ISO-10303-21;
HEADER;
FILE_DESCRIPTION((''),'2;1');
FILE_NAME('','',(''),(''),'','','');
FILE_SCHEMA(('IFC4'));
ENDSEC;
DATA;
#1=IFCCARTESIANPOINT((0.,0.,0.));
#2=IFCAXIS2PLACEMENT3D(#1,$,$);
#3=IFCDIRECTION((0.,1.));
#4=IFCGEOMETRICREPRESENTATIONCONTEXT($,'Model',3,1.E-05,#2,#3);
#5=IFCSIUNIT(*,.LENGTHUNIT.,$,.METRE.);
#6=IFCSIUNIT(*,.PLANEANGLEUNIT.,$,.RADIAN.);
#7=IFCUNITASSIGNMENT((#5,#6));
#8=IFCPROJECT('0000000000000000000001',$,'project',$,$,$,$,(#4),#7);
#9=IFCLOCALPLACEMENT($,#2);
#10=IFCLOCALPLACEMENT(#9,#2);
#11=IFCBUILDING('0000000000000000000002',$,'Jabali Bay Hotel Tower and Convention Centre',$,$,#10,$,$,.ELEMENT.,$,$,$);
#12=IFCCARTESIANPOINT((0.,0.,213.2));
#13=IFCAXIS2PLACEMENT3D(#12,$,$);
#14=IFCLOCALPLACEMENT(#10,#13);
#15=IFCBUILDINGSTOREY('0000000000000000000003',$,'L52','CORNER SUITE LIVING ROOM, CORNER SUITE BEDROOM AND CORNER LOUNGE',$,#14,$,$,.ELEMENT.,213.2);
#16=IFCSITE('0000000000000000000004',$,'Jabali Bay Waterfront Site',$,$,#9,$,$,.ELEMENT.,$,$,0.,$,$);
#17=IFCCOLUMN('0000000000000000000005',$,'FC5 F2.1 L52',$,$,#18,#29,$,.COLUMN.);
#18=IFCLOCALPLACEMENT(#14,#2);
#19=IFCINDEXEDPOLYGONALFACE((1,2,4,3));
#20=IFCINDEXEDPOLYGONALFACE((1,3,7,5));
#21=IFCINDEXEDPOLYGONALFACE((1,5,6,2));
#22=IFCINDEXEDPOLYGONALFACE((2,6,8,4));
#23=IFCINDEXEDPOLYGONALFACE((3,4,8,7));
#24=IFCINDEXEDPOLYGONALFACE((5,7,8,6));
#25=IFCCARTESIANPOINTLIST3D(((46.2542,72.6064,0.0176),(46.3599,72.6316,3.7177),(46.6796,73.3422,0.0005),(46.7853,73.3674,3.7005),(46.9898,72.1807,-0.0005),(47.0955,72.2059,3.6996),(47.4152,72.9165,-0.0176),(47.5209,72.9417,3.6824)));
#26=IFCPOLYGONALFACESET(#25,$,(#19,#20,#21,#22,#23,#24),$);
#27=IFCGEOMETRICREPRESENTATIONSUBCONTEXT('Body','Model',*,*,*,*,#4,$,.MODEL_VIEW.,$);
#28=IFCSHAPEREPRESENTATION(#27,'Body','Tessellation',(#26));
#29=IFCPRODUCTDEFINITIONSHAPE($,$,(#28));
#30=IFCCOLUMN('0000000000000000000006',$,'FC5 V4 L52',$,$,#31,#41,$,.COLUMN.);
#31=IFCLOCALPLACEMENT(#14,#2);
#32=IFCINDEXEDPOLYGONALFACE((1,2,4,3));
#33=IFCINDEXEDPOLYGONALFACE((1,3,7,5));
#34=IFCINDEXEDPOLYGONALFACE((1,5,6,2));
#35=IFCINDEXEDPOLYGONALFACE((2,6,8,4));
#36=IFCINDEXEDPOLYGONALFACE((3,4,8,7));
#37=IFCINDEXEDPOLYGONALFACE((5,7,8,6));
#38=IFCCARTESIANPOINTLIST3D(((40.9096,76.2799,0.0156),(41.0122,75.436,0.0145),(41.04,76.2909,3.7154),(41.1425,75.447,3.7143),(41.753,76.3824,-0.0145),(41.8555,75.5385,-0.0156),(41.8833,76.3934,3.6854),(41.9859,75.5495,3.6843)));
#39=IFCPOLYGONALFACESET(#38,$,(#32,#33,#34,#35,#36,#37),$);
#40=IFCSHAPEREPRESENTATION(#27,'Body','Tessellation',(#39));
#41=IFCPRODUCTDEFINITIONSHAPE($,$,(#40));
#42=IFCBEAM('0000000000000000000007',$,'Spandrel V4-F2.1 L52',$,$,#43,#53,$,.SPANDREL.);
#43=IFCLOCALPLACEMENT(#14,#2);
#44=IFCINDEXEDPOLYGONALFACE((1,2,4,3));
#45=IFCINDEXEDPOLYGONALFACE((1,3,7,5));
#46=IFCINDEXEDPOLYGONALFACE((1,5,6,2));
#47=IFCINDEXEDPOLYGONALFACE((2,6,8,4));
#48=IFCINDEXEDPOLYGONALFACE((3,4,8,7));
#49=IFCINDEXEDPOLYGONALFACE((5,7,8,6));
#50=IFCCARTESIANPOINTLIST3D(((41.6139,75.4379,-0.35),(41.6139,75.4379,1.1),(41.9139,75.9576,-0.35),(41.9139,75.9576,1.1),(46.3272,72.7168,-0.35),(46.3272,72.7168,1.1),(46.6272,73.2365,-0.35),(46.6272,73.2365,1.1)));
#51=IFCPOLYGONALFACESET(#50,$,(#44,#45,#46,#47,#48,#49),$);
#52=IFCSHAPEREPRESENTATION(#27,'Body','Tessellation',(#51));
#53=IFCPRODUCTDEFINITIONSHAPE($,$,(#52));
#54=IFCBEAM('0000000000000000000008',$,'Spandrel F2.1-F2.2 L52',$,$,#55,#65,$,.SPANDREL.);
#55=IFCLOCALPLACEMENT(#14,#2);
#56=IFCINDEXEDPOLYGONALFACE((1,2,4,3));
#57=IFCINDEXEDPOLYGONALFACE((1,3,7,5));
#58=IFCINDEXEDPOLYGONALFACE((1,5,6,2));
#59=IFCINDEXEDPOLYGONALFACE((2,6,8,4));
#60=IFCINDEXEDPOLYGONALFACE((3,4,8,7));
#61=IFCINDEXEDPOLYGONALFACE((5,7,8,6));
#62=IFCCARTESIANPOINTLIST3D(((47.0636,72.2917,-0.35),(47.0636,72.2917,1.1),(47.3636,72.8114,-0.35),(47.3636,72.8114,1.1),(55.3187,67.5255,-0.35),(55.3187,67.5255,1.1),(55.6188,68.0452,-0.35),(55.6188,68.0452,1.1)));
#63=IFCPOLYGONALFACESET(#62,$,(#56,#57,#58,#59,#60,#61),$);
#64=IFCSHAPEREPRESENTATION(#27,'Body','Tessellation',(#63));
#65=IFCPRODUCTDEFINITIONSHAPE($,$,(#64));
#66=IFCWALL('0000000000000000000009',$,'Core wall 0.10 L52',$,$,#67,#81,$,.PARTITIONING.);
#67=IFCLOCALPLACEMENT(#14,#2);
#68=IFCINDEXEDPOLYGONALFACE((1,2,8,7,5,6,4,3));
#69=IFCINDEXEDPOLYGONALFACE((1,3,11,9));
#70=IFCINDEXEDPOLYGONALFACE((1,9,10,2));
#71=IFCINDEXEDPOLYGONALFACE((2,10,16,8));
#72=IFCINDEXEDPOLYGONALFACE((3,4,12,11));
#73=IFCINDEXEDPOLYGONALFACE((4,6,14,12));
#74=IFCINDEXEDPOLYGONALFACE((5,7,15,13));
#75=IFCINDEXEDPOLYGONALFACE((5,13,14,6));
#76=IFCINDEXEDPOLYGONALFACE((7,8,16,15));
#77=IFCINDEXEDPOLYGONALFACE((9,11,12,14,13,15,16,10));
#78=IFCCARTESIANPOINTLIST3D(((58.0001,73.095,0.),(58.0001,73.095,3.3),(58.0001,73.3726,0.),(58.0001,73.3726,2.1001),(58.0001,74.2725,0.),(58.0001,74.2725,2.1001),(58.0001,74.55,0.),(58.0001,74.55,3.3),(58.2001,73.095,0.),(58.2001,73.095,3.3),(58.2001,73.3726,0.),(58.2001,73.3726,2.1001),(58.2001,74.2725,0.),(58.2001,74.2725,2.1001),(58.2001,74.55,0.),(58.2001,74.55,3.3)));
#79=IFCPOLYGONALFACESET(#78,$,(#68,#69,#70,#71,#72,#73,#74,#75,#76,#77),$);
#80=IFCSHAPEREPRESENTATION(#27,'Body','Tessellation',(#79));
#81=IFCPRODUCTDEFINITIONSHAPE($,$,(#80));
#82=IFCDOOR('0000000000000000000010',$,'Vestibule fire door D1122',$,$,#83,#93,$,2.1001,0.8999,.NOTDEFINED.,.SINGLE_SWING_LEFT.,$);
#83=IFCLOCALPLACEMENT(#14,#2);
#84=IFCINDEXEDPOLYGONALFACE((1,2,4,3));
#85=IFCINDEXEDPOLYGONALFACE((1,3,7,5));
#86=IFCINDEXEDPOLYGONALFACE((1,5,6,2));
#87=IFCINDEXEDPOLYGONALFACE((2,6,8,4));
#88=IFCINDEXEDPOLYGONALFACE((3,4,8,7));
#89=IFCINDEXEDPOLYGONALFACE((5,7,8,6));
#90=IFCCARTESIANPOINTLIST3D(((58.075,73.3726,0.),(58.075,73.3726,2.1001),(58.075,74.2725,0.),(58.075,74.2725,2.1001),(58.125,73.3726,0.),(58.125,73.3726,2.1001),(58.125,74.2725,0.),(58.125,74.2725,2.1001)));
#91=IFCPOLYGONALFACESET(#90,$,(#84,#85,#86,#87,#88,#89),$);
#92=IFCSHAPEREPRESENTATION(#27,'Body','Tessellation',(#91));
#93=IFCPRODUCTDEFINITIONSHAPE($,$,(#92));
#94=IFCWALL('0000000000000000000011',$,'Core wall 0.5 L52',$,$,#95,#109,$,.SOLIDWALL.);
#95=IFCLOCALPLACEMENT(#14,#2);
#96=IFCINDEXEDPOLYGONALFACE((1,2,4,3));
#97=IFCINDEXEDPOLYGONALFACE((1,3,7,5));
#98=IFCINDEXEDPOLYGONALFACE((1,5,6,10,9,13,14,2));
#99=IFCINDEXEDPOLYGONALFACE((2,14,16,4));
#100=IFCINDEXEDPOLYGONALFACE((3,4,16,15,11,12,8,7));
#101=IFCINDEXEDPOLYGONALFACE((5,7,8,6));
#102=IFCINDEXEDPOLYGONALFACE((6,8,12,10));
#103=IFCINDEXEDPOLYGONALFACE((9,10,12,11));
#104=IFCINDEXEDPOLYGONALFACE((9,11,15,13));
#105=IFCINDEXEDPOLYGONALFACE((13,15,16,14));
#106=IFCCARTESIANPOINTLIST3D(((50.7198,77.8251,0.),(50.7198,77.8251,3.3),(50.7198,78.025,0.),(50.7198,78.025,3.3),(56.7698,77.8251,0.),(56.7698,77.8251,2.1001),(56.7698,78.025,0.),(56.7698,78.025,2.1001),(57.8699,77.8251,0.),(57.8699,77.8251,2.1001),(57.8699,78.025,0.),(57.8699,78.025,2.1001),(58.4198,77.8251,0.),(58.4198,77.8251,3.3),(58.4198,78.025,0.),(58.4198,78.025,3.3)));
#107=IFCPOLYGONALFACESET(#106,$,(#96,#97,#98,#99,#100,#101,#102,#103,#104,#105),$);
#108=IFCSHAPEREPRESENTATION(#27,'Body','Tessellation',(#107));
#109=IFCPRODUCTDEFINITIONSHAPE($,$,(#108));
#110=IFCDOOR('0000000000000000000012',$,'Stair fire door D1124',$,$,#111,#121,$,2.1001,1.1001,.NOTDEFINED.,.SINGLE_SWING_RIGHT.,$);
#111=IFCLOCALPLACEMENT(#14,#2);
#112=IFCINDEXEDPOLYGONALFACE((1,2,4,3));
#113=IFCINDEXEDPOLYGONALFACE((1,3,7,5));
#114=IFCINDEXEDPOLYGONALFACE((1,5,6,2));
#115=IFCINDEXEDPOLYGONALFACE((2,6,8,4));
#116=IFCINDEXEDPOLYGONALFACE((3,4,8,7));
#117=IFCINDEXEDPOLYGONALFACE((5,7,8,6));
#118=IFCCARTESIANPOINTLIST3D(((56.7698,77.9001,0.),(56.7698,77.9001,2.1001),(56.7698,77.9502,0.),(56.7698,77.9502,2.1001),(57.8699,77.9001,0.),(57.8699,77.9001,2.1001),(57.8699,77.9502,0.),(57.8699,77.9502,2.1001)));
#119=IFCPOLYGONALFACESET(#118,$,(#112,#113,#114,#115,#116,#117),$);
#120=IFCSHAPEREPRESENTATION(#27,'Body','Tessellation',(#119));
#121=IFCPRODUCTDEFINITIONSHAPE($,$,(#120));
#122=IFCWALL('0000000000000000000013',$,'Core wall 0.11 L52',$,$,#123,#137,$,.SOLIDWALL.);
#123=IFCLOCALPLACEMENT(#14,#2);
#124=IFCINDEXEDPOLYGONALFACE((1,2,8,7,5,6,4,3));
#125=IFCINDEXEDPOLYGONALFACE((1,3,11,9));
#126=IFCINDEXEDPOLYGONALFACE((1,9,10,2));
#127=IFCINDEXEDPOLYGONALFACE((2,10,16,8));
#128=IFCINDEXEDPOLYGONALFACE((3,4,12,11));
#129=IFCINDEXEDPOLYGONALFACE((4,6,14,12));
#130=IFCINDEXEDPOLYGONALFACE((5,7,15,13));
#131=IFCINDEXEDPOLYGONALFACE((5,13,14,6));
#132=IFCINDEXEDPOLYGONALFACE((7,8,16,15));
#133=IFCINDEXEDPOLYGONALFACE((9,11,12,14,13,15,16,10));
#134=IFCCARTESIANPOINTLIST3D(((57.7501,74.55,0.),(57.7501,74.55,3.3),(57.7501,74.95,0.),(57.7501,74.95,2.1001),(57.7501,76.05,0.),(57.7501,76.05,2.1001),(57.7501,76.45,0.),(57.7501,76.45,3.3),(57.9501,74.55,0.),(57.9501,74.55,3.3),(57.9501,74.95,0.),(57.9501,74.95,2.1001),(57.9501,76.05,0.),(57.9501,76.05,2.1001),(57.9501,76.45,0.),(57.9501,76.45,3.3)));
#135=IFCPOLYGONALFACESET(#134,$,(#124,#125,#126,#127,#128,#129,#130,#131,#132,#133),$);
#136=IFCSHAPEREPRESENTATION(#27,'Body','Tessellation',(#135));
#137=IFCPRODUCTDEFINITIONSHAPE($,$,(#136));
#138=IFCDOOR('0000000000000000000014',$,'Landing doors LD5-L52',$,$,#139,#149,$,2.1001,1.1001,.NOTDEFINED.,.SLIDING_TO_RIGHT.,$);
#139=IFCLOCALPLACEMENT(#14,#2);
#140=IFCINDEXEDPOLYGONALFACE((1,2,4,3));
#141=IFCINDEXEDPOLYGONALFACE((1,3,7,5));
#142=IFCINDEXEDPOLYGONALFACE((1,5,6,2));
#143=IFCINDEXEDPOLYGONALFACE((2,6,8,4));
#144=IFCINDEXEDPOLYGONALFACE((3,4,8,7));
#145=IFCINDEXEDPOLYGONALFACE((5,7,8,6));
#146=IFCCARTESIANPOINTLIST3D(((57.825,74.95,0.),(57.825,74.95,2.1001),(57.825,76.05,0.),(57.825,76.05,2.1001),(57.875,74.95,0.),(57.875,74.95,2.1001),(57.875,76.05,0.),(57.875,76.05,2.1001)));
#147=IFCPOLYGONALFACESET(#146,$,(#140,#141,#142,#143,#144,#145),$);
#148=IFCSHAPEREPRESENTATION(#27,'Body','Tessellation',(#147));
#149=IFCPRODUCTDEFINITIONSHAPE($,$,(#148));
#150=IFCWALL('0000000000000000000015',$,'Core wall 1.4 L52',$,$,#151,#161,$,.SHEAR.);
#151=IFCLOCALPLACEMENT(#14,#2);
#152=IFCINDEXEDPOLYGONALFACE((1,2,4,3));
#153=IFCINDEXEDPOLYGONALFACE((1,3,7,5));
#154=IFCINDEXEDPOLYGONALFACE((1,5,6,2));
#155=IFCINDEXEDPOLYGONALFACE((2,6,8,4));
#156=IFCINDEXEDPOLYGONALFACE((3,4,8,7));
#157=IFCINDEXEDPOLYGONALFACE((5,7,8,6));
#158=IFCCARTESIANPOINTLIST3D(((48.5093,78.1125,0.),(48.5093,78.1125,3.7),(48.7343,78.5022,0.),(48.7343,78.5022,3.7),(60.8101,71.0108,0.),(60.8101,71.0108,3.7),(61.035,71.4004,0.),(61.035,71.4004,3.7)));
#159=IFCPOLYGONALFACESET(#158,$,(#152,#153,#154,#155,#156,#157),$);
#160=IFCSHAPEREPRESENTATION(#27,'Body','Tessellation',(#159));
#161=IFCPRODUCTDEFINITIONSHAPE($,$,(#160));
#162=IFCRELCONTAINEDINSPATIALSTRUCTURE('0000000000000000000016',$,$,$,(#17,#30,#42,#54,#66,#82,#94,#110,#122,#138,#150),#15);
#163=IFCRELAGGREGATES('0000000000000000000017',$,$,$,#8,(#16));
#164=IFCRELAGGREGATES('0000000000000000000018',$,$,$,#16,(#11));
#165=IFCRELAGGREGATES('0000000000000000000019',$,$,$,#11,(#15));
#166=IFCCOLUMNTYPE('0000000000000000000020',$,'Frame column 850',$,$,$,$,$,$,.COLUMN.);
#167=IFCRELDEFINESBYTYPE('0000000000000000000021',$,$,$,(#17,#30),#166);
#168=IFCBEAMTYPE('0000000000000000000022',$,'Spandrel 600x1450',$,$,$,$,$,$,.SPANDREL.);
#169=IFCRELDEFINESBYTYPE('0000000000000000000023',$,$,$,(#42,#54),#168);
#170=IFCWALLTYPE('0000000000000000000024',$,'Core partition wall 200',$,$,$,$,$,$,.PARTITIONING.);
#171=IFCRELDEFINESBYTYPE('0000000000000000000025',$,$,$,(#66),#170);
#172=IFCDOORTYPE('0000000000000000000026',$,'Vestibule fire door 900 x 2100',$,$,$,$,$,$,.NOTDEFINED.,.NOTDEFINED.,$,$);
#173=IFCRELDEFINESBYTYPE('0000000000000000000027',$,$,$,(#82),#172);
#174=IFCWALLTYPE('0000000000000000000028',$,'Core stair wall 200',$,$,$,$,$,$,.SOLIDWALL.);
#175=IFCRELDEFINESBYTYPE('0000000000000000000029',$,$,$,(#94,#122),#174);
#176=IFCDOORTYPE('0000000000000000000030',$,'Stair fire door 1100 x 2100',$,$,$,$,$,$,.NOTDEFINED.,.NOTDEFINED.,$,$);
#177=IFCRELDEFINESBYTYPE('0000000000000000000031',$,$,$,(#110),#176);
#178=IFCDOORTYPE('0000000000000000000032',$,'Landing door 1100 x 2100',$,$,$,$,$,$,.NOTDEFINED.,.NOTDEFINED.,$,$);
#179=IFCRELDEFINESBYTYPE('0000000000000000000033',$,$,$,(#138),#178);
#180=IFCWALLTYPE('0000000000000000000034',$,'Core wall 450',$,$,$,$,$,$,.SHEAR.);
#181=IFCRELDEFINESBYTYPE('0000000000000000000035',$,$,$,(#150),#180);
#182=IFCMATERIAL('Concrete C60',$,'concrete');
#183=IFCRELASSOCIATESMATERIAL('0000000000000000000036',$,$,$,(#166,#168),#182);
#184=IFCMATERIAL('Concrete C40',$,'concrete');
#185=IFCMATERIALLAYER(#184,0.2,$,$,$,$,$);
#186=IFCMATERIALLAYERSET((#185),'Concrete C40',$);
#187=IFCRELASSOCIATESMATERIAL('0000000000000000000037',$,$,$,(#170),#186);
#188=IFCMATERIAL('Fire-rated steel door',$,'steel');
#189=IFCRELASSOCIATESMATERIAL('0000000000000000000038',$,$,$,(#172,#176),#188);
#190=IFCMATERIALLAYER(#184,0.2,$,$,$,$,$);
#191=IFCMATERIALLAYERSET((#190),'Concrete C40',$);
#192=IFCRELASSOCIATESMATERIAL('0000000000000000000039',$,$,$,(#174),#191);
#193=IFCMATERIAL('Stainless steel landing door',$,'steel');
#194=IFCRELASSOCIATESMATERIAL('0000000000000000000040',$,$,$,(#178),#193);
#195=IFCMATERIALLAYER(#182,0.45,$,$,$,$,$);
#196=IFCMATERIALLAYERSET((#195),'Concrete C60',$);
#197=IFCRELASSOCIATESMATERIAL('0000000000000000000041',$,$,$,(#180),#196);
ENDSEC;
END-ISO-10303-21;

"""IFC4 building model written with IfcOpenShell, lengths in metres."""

from ifc_helpers import new_model, si_unit, direction, frame, frame_2d, origin, origin_2d, place, context, subcontext, project, spatial, rectangle, extrude, material, layer, layer_set, material_profile, profile_set, type_object, element, fill, save


model = new_model("IFC4")

# Units and contexts
model_context = context("Model", 3, precision=1e-05, world=origin(), true_north=direction((0.0, 1.0)))
body_context = subcontext(model_context, "Body", "Model", "MODEL_VIEW")
ifc_project = project(units=[si_unit("LENGTHUNIT", "METRE"), si_unit("PLANEANGLEUNIT", "RADIAN")], contexts=[model_context])

# Site, building, storey
site_placement = place(None, origin())
site = spatial("IfcSite", under=ifc_project, at=site_placement, Name="Jabali Bay Waterfront Site", CompositionType="ELEMENT", RefElevation=0.0)
building_placement = place(site_placement, origin())
building = spatial("IfcBuilding", under=site, at=building_placement, Name="Jabali Bay Hotel Tower and Convention Centre", CompositionType="ELEMENT")
storey_placement = place(building_placement, frame((0.0, 0.0, 213.2)))
storey = spatial("IfcBuildingStorey", under=building, at=storey_placement, Name="L52", Description="CORNER SUITE LIVING ROOM, CORNER SUITE BEDROOM AND CORNER LOUNGE", CompositionType="ELEMENT", Elevation=213.2)

# Columns
ifc_material_1 = material(Name="Concrete C60", Category="concrete")
ifc_material_profile_1 = material_profile(ifc_material_1, rectangle(XDim=0.8501, YDim=0.8501, at=origin_2d()), Name="Frame column 850")
ifc_profile_set_1 = profile_set([ifc_material_profile_1], Name="Concrete C60")
column_type = type_object("IfcColumnType", Name="Frame column 850", PredefinedType="COLUMN", material=ifc_profile_set_1)
column_1_placement = place(storey_placement, frame((46.8347, 72.7615, 0.0), z_axis=(0.028559, 0.006794, 0.999569), x_axis=(-0.865319, 0.500768, 0.02132)))
element("IfcColumn", 1, at=column_1_placement, inside=storey, type_object=column_type, Name="FC5 F2.1 L52", PredefinedType="COLUMN", context=body_context, shape_type="SweptSolid", body=[
    extrude(rectangle(XDim=0.8501, YDim=0.8501, at=origin_2d()), origin(), (0.0, 0.0, 1.0), 3.7017),
])
column_2_placement = place(storey_placement, frame((41.3826, 75.9092, 0.0), z_axis=(0.035214, 0.002967, 0.999375), x_axis=(-0.120618, 0.992698, 0.001302)))
element("IfcColumn", 2, at=column_2_placement, inside=storey, type_object=column_type, Name="FC5 V4 L52", PredefinedType="COLUMN", context=body_context, shape_type="SweptSolid", body=[
    extrude(rectangle(XDim=0.8501, YDim=0.8501, at=origin_2d()), origin(), (0.0, 0.0, 1.0), 3.7021),
])

# Beams
ifc_material_profile_2 = material_profile(ifc_material_1, rectangle(XDim=0.6001, YDim=1.45, at=origin_2d()), Name="Spandrel 600x1450")
ifc_profile_set_2 = profile_set([ifc_material_profile_2], Name="Concrete C60")
beam_type = type_object("IfcBeamType", Name="Spandrel 600x1450", PredefinedType="SPANDREL", material=ifc_profile_set_2)
beam_1_placement = place(storey_placement, frame((41.7639, 75.6978, 0.375), z_axis=(0.866032, -0.499989, 0.0), x_axis=(0.499989, 0.866032, 0.0)))
element("IfcBeam", 3, at=beam_1_placement, inside=storey, type_object=beam_type, Name="Spandrel V4-F2.1 L52", PredefinedType="SPANDREL", context=body_context, shape_type="SweptSolid", body=[
    extrude(rectangle(XDim=0.6001, YDim=1.45, at=origin_2d()), origin(), (0.0, 0.0, 1.0), 5.4424),
])
beam_2_placement = place(storey_placement, frame((47.2136, 72.5515, 0.375), z_axis=(0.866025, -0.500001, 0.0), x_axis=(0.500001, 0.866025, 0.0)))
element("IfcBeam", 4, at=beam_2_placement, inside=storey, type_object=beam_type, Name="Spandrel F2.1-F2.2 L52", PredefinedType="SPANDREL", context=body_context, shape_type="SweptSolid", body=[
    extrude(rectangle(XDim=0.6001, YDim=1.45, at=origin_2d()), origin(), (0.0, 0.0, 1.0), 9.5322),
])

# Walls, openings, doors
ifc_material_2 = material(Name="Concrete C40", Category="concrete")
ifc_layer_1 = layer(ifc_material_2, 0.2)
ifc_layer_set_1 = layer_set([ifc_layer_1], Name="Concrete C40")
wall_type_1 = type_object("IfcWallType", Name="Core partition wall 200", PredefinedType="PARTITIONING", material=ifc_layer_set_1)
wall_1_placement = place(storey_placement, frame((58.1001, 74.55, 0.0), z_axis=(0.0, 0.0, 1.0), x_axis=(0.0, -1.0, 0.0)))
wall_1 = element("IfcWall", 5, at=wall_1_placement, inside=storey, type_object=wall_type_1, Name="Core wall 0.10 L52", PredefinedType="PARTITIONING", context=body_context, shape_type="SweptSolid", body=[
    extrude(rectangle(XDim=1.4551, YDim=0.2, at=frame_2d((0.7275, 0.0))), origin(), (0.0, 0.0, 1.0), 3.3),
])
opening_1_placement = place(wall_1_placement, frame((0.2776, 0.0, 0.0)))
opening_1 = element("IfcOpeningElement", 6, at=opening_1_placement, cuts=wall_1, PredefinedType="OPENING", context=body_context, shape_type="SweptSolid", body=[
    extrude(rectangle(XDim=0.8999, YDim=2.1001, at=frame_2d((0.45, 1.05))), frame((0.0, 0.1104, 0.0), z_axis=(0.0, -1.0, 0.0), x_axis=(1.0, 0.0, 0.0)), (0.0, 0.0, 1.0), 0.2209),
])
ifc_material_3 = material(Name="Fire-rated steel door", Category="steel")
door_type_1 = type_object("IfcDoorType", Name="Vestibule fire door 900 x 2100", OperationType="NOTDEFINED", PredefinedType="NOTDEFINED", material=ifc_material_3)
door_1_placement = place(opening_1_placement, origin())
door_1 = element("IfcDoor", 7, at=door_1_placement, inside=storey, type_object=door_type_1, Name="Vestibule fire door D1122", OperationType="SINGLE_SWING_LEFT", OverallHeight=2.1001, OverallWidth=0.8999, PredefinedType="NOTDEFINED", context=body_context, shape_type="SweptSolid", body=[
    extrude(rectangle(XDim=0.8999, YDim=2.1001, at=frame_2d((0.45, 1.05))), frame((0.0, 0.0249, 0.0), z_axis=(0.0, -1.0, 0.0), x_axis=(1.0, 0.0, 0.0)), (0.0, 0.0, 1.0), 0.05),
])
fill(opening_1, door_1)
ifc_layer_2 = layer(ifc_material_2, 0.2)
ifc_layer_set_2 = layer_set([ifc_layer_2], Name="Concrete C40")
wall_type_2 = type_object("IfcWallType", Name="Core stair wall 200", PredefinedType="SOLIDWALL", material=ifc_layer_set_2)
wall_2_placement = place(storey_placement, frame((58.4199, 77.925, 0.0), z_axis=(0.0, 0.0, 1.0), x_axis=(-1.0, 0.0, 0.0)))
wall_2 = element("IfcWall", 8, at=wall_2_placement, inside=storey, type_object=wall_type_2, Name="Core wall 0.5 L52", PredefinedType="SOLIDWALL", context=body_context, shape_type="SweptSolid", body=[
    extrude(rectangle(XDim=7.7, YDim=0.2, at=frame_2d((3.8501, 0.0))), origin(), (0.0, 0.0, 1.0), 3.3),
])
opening_2_placement = place(wall_2_placement, frame((0.55, 0.0, 0.0)))
opening_2 = element("IfcOpeningElement", 9, at=opening_2_placement, cuts=wall_2, PredefinedType="OPENING", context=body_context, shape_type="SweptSolid", body=[
    extrude(rectangle(XDim=1.1001, YDim=2.1001, at=frame_2d((0.55, 1.05))), frame((0.0, 0.1104, 0.0), z_axis=(0.0, -1.0, 0.0), x_axis=(1.0, 0.0, 0.0)), (0.0, 0.0, 1.0), 0.2209),
])
door_type_2 = type_object("IfcDoorType", Name="Stair fire door 1100 x 2100", OperationType="NOTDEFINED", PredefinedType="NOTDEFINED", material=ifc_material_3)
door_2_placement = place(opening_2_placement, origin())
door_2 = element("IfcDoor", 10, at=door_2_placement, inside=storey, type_object=door_type_2, Name="Stair fire door D1124", OperationType="SINGLE_SWING_RIGHT", OverallHeight=2.1001, OverallWidth=1.1001, PredefinedType="NOTDEFINED", context=body_context, shape_type="SweptSolid", body=[
    extrude(rectangle(XDim=1.1001, YDim=2.1001, at=frame_2d((0.55, 1.05))), frame((0.0, 0.0249, 0.0), z_axis=(0.0, -1.0, 0.0), x_axis=(1.0, 0.0, 0.0)), (0.0, 0.0, 1.0), 0.05),
])
fill(opening_2, door_2)
wall_3_placement = place(storey_placement, frame((57.8501, 76.45, 0.0), z_axis=(0.0, 0.0, 1.0), x_axis=(0.0, -1.0, 0.0)))
wall_3 = element("IfcWall", 11, at=wall_3_placement, inside=storey, type_object=wall_type_2, Name="Core wall 0.11 L52", PredefinedType="SOLIDWALL", context=body_context, shape_type="SweptSolid", body=[
    extrude(rectangle(XDim=1.8999, YDim=0.2, at=frame_2d((0.95, 0.0))), origin(), (0.0, 0.0, 1.0), 3.3),
])
opening_3_placement = place(wall_3_placement, frame((0.3999, 0.0, 0.0)))
opening_3 = element("IfcOpeningElement", 12, at=opening_3_placement, cuts=wall_3, PredefinedType="OPENING", context=body_context, shape_type="SweptSolid", body=[
    extrude(rectangle(XDim=1.1001, YDim=2.1001, at=frame_2d((0.55, 1.05))), frame((0.0, 0.1104, 0.0), z_axis=(0.0, -1.0, 0.0), x_axis=(1.0, 0.0, 0.0)), (0.0, 0.0, 1.0), 0.2209),
])
ifc_material_4 = material(Name="Stainless steel landing door", Category="steel")
door_type_3 = type_object("IfcDoorType", Name="Landing door 1100 x 2100", OperationType="NOTDEFINED", PredefinedType="NOTDEFINED", material=ifc_material_4)
door_3_placement = place(opening_3_placement, origin())
door_3 = element("IfcDoor", 13, at=door_3_placement, inside=storey, type_object=door_type_3, Name="Landing doors LD5-L52", OperationType="SLIDING_TO_RIGHT", OverallHeight=2.1001, OverallWidth=1.1001, PredefinedType="NOTDEFINED", context=body_context, shape_type="SweptSolid", body=[
    extrude(rectangle(XDim=1.1001, YDim=2.1001, at=frame_2d((0.55, 1.05))), frame((0.0, 0.0249, 0.0), z_axis=(0.0, -1.0, 0.0), x_axis=(1.0, 0.0, 0.0)), (0.0, 0.0, 1.0), 0.05),
])
fill(opening_3, door_3)

# Wall
ifc_layer_3 = layer(ifc_material_1, 0.45)
ifc_layer_set_3 = layer_set([ifc_layer_3], Name="Concrete C60")
wall_type_3 = type_object("IfcWallType", Name="Core wall 450", PredefinedType="SHEAR", material=ifc_layer_set_3)
wall_4_placement = place(storey_placement, frame((48.6218, 78.3074, 0.0), z_axis=(0.0, 0.0, 1.0), x_axis=(0.866027, -0.499997, 0.0)))
element("IfcWall", 14, at=wall_4_placement, inside=storey, type_object=wall_type_3, Name="Core wall 1.4 L52", PredefinedType="SHEAR", context=body_context, shape_type="SweptSolid", body=[
    extrude(rectangle(XDim=14.2036, YDim=0.45, at=frame_2d((7.1018, 0.0))), origin(), (0.0, 0.0, 1.0), 3.7),
])

save(model, "model.ifc")
